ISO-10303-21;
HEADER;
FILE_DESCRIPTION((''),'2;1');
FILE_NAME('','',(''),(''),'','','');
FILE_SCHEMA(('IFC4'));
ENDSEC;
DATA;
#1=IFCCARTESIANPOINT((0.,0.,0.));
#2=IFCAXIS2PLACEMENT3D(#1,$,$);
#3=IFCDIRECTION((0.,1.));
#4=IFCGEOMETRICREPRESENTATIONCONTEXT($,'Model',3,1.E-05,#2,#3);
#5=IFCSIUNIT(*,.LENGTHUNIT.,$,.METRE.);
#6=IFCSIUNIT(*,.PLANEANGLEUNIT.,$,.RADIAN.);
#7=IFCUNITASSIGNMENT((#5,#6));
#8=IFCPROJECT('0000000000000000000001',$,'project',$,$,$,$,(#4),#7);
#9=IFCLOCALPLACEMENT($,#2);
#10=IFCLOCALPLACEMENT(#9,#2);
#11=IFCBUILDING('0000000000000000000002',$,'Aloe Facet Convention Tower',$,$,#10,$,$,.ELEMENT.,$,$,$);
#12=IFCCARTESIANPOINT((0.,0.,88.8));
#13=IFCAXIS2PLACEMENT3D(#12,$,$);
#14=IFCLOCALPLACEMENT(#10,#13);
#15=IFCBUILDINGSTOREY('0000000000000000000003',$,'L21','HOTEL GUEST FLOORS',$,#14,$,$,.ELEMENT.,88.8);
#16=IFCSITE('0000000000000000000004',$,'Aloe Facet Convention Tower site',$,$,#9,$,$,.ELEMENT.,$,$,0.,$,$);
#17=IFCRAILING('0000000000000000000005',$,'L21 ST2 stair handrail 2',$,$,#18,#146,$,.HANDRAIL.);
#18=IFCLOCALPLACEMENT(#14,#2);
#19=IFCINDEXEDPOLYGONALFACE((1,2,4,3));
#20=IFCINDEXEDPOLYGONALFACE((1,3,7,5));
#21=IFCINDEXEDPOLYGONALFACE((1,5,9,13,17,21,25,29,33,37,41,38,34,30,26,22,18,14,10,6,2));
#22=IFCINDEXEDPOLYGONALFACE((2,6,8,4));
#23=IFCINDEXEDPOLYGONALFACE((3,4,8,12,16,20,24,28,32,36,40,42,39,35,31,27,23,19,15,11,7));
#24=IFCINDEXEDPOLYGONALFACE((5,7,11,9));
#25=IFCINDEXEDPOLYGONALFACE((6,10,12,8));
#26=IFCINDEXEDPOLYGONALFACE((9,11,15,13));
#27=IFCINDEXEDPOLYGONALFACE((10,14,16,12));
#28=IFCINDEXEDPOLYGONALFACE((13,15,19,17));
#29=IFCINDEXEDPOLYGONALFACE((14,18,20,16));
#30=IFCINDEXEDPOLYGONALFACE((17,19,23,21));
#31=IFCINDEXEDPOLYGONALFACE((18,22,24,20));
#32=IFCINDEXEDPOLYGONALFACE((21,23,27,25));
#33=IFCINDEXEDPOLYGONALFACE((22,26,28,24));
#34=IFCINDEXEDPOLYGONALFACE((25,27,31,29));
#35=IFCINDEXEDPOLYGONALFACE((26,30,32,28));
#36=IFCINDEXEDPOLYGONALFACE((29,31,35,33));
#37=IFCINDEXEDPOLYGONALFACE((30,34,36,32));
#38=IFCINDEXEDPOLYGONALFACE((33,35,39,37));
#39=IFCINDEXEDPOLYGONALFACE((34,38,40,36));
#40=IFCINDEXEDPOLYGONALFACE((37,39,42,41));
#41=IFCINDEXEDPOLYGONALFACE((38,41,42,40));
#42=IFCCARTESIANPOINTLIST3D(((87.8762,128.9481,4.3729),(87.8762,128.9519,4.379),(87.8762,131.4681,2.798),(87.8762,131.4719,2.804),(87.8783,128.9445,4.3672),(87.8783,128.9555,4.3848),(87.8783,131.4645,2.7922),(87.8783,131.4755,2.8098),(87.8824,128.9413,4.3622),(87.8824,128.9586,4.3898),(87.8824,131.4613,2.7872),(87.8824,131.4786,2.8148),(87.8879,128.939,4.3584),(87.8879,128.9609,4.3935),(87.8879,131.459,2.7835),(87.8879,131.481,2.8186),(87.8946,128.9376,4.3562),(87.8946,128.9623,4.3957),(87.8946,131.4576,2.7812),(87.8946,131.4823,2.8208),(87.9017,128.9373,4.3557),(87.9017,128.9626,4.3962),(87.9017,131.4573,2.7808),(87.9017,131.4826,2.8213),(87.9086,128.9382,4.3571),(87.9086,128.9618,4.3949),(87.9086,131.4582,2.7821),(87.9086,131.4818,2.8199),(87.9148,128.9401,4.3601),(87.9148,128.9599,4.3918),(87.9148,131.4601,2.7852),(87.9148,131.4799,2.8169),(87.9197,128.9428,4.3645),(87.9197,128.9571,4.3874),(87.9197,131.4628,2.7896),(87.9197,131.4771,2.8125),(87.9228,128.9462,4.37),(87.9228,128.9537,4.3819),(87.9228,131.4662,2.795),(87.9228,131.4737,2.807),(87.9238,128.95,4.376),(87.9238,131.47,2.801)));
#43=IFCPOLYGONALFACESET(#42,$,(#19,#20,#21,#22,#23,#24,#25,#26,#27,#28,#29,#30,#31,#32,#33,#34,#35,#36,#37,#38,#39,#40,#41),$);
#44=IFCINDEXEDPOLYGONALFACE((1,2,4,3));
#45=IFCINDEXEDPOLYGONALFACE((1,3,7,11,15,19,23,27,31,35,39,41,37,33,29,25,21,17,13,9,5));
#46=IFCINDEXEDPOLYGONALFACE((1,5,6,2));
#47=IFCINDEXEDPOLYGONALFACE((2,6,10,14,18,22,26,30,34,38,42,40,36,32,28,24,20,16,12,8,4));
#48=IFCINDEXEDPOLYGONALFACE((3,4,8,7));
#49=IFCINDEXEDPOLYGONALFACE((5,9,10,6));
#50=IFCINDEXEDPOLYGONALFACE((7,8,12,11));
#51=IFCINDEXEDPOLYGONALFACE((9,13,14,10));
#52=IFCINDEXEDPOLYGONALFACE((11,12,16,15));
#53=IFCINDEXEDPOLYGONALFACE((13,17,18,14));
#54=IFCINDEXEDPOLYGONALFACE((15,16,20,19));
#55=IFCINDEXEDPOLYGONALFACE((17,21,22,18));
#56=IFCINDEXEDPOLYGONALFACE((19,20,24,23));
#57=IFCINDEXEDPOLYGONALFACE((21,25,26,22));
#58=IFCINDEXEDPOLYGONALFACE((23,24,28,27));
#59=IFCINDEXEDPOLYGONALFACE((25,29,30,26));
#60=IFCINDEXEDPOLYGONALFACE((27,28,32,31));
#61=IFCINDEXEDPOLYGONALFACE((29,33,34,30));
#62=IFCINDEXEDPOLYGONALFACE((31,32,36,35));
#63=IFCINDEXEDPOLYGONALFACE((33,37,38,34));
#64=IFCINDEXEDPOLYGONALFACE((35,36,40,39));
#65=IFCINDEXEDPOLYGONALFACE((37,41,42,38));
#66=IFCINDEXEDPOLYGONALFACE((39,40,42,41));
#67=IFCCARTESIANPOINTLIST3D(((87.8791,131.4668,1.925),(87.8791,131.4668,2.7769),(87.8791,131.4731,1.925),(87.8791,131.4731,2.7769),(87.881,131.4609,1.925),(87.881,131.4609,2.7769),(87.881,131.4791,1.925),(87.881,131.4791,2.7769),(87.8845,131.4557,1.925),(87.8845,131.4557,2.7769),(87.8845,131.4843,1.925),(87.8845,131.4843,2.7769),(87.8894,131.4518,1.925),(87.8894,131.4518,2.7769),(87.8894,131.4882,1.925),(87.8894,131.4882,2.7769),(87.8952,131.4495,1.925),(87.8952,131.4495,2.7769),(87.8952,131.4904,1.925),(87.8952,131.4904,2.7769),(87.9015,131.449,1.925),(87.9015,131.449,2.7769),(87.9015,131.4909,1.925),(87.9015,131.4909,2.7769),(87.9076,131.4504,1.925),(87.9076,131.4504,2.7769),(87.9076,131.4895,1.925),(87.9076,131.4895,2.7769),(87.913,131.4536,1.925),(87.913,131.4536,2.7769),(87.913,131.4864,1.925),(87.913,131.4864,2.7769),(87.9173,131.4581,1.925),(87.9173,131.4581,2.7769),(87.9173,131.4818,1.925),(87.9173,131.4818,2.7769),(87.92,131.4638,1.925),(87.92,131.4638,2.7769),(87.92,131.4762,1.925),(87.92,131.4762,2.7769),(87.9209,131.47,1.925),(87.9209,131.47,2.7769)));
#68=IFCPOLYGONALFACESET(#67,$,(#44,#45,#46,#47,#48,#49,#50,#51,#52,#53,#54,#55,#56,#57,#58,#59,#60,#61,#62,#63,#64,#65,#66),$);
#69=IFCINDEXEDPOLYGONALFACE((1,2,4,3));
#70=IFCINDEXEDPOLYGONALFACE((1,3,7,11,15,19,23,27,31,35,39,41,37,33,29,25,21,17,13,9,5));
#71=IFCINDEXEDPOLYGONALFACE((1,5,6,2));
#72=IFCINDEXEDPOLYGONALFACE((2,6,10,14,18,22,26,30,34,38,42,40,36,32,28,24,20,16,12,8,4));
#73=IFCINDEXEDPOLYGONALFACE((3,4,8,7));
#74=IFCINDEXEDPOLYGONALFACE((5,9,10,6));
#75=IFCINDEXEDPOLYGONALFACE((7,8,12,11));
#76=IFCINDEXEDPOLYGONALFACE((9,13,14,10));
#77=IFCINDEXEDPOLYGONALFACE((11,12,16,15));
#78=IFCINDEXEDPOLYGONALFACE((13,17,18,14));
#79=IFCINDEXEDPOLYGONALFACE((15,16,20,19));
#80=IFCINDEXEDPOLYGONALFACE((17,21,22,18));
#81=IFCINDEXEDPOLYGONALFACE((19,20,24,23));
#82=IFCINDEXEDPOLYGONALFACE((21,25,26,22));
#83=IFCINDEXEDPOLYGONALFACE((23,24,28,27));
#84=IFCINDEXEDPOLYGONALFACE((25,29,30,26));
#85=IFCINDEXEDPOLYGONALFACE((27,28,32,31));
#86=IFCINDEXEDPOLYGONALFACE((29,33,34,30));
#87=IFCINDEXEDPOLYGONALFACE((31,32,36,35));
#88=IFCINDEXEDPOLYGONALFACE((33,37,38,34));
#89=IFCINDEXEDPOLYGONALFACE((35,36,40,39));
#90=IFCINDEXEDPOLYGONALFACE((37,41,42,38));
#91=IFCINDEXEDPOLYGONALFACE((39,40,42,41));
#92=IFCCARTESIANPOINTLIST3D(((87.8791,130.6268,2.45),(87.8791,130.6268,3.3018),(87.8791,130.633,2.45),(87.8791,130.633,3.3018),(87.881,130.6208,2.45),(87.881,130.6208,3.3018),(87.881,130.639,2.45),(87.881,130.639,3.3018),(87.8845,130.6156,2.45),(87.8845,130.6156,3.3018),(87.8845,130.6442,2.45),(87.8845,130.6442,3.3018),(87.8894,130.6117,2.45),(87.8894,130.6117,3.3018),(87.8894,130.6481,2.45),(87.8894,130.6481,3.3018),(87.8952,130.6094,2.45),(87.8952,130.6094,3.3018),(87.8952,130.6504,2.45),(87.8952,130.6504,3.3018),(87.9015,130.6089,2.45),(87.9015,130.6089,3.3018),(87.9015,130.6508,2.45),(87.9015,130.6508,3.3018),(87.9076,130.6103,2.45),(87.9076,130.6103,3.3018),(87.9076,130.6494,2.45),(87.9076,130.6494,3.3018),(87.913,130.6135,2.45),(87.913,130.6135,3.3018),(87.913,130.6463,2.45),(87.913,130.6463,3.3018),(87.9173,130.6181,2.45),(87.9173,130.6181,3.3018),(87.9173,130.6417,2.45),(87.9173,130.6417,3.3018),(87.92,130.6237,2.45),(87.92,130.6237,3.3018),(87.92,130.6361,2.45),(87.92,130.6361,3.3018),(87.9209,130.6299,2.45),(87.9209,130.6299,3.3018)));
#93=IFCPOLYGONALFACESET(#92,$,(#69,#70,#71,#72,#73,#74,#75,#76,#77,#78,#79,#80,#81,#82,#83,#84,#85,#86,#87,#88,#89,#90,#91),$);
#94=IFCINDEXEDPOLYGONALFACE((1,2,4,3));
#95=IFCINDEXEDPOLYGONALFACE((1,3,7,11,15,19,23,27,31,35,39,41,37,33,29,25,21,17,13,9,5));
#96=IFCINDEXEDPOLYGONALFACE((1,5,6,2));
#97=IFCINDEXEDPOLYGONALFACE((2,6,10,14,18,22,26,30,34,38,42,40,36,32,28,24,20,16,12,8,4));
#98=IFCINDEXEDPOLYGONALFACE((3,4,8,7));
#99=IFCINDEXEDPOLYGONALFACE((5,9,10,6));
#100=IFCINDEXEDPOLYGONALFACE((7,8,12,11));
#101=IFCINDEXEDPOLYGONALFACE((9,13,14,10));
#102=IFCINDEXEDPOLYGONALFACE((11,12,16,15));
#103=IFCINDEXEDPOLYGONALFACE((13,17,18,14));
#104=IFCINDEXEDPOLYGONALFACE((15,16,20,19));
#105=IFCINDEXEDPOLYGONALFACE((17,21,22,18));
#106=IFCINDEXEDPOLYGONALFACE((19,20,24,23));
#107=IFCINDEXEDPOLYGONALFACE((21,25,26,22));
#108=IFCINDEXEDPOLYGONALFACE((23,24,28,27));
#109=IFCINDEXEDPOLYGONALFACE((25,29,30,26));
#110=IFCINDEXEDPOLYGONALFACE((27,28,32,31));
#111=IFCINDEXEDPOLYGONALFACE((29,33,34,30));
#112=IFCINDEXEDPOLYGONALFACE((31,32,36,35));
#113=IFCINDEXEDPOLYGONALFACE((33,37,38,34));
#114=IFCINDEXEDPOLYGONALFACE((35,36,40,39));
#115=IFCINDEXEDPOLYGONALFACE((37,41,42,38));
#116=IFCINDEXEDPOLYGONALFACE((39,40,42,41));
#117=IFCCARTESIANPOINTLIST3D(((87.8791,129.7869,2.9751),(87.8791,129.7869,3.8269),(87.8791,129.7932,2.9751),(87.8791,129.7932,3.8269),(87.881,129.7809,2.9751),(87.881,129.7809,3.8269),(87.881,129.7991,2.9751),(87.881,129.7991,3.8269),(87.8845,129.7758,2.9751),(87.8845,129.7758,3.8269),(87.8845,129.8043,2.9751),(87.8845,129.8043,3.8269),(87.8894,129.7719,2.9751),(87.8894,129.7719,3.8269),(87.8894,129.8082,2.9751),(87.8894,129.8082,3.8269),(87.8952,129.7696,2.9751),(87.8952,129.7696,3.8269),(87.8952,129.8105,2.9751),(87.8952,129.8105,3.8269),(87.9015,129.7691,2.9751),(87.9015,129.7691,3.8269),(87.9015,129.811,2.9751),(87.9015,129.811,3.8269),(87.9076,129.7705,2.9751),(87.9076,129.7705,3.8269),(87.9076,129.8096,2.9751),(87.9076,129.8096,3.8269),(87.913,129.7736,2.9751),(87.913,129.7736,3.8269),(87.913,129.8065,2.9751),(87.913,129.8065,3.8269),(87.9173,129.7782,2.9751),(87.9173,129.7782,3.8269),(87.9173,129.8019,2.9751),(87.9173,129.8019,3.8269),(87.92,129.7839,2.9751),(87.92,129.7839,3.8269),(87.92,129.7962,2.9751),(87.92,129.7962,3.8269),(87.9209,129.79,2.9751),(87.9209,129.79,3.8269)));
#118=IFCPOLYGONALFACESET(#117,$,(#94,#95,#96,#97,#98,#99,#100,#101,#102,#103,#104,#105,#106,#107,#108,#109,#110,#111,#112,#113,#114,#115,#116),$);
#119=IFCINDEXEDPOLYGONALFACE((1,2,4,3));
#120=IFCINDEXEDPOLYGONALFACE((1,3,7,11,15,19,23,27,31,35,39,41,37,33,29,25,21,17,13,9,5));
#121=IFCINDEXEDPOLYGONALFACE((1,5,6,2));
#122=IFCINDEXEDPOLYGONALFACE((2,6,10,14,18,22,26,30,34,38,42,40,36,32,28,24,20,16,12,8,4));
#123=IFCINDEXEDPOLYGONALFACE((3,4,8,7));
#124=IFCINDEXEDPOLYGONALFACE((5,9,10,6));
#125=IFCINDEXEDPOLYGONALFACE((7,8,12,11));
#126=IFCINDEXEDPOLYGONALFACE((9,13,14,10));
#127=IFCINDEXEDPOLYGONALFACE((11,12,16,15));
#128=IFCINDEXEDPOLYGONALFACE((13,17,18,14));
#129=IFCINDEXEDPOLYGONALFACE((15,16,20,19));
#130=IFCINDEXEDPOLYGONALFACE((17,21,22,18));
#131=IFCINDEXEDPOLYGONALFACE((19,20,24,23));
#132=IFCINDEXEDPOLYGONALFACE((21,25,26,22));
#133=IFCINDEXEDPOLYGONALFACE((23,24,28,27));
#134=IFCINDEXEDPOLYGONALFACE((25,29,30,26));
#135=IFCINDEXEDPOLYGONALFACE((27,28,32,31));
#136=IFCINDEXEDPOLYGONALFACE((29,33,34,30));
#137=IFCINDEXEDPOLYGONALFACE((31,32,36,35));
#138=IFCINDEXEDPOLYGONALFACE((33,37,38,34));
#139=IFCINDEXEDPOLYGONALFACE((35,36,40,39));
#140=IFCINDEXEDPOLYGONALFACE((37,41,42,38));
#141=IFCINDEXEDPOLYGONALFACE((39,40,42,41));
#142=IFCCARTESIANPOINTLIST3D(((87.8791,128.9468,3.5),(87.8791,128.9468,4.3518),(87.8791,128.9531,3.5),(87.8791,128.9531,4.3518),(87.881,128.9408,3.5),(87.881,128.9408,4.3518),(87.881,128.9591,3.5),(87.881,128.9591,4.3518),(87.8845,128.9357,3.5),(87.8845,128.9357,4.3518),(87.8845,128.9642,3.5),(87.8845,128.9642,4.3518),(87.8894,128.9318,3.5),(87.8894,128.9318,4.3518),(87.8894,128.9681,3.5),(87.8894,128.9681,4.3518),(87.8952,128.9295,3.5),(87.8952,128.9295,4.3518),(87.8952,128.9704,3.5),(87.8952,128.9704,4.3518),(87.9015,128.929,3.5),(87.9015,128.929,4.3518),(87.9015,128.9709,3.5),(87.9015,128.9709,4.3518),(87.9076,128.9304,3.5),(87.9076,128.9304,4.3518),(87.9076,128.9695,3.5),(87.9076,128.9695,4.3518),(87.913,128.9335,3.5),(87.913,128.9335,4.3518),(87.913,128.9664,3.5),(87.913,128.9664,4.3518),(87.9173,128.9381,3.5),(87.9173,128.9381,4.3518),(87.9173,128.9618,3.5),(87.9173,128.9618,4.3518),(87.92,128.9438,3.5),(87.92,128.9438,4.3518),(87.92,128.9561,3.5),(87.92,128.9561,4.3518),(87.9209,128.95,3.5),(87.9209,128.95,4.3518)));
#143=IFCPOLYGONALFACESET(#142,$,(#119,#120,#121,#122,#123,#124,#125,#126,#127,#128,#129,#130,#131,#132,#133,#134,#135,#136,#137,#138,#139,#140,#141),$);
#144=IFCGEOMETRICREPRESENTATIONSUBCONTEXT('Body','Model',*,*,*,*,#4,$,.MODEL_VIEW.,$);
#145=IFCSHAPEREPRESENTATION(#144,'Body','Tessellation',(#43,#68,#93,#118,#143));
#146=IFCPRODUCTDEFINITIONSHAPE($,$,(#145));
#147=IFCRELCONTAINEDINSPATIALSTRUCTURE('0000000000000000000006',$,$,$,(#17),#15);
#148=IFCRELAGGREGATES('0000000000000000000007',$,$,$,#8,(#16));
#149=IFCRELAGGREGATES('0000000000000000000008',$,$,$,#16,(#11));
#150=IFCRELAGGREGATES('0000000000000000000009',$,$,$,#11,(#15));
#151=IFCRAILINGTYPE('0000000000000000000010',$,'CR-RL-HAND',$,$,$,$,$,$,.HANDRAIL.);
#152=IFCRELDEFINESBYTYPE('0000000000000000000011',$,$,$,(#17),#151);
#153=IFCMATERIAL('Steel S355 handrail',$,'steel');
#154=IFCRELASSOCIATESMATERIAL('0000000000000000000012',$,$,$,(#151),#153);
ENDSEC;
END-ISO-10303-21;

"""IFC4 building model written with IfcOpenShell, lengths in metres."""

from ifc_helpers import new_model, si_unit, direction, frame, origin, origin_2d, place, context, subcontext, project, spatial, circle, extrude, material, type_object, element, save


model = new_model("IFC4")

# Units and contexts
model_context = context("Model", 3, precision=1e-05, world=origin(), true_north=direction((0.0, 1.0)))
body_context = subcontext(model_context, "Body", "Model", "MODEL_VIEW")
ifc_project = project(units=[si_unit("LENGTHUNIT", "METRE"), si_unit("PLANEANGLEUNIT", "RADIAN")], contexts=[model_context])

# Site, building, storey
site_placement = place(None, origin())
site = spatial("IfcSite", under=ifc_project, at=site_placement, Name="Aloe Facet Convention Tower site", CompositionType="ELEMENT", RefElevation=0.0)
building_placement = place(site_placement, origin())
building = spatial("IfcBuilding", under=site, at=building_placement, Name="Aloe Facet Convention Tower", CompositionType="ELEMENT")
storey_placement = place(building_placement, frame((0.0, 0.0, 88.8)))
storey = spatial("IfcBuildingStorey", under=building, at=storey_placement, Name="L21", Description="HOTEL GUEST FLOORS", CompositionType="ELEMENT", Elevation=88.8)

# Railing
ifc_material_1 = material(Name="Steel S355 handrail", Category="steel")
railing_type_1 = type_object("IfcRailingType", Name="CR-RL-HAND", PredefinedType="HANDRAIL", material=ifc_material_1)
railing_1_placement = place(storey_placement, frame((87.8999, 131.47, 1.925)))
element("IfcRailing", 1, at=railing_1_placement, inside=storey, type_object=railing_type_1, Name="L21 ST2 stair handrail 2", PredefinedType="HANDRAIL", context=body_context, shape_type="SweptSolid", body=[
    extrude(circle(Radius=0.0239, at=origin_2d()), frame((0.0, 0.0, 0.876), z_axis=(0.0, -0.848008, 0.529984), x_axis=(1.0, 0.0, 0.0)), (0.0, 0.0, 1.0), 2.9717),
    extrude(circle(Radius=0.021, at=origin_2d()), origin(), (0.0, 0.0, 1.0), 0.8518),
    extrude(circle(Radius=0.021, at=origin_2d()), frame((0.0, -0.8401, 0.5249)), (0.0, 0.0, 1.0), 0.8518),
    extrude(circle(Radius=0.021, at=origin_2d()), frame((0.0, -1.6799, 1.05)), (0.0, 0.0, 1.0), 0.8518),
    extrude(circle(Radius=0.021, at=origin_2d()), frame((0.0, -2.52, 1.575)), (0.0, 0.0, 1.0), 0.8518),
])

save(model, "model.ifc")
